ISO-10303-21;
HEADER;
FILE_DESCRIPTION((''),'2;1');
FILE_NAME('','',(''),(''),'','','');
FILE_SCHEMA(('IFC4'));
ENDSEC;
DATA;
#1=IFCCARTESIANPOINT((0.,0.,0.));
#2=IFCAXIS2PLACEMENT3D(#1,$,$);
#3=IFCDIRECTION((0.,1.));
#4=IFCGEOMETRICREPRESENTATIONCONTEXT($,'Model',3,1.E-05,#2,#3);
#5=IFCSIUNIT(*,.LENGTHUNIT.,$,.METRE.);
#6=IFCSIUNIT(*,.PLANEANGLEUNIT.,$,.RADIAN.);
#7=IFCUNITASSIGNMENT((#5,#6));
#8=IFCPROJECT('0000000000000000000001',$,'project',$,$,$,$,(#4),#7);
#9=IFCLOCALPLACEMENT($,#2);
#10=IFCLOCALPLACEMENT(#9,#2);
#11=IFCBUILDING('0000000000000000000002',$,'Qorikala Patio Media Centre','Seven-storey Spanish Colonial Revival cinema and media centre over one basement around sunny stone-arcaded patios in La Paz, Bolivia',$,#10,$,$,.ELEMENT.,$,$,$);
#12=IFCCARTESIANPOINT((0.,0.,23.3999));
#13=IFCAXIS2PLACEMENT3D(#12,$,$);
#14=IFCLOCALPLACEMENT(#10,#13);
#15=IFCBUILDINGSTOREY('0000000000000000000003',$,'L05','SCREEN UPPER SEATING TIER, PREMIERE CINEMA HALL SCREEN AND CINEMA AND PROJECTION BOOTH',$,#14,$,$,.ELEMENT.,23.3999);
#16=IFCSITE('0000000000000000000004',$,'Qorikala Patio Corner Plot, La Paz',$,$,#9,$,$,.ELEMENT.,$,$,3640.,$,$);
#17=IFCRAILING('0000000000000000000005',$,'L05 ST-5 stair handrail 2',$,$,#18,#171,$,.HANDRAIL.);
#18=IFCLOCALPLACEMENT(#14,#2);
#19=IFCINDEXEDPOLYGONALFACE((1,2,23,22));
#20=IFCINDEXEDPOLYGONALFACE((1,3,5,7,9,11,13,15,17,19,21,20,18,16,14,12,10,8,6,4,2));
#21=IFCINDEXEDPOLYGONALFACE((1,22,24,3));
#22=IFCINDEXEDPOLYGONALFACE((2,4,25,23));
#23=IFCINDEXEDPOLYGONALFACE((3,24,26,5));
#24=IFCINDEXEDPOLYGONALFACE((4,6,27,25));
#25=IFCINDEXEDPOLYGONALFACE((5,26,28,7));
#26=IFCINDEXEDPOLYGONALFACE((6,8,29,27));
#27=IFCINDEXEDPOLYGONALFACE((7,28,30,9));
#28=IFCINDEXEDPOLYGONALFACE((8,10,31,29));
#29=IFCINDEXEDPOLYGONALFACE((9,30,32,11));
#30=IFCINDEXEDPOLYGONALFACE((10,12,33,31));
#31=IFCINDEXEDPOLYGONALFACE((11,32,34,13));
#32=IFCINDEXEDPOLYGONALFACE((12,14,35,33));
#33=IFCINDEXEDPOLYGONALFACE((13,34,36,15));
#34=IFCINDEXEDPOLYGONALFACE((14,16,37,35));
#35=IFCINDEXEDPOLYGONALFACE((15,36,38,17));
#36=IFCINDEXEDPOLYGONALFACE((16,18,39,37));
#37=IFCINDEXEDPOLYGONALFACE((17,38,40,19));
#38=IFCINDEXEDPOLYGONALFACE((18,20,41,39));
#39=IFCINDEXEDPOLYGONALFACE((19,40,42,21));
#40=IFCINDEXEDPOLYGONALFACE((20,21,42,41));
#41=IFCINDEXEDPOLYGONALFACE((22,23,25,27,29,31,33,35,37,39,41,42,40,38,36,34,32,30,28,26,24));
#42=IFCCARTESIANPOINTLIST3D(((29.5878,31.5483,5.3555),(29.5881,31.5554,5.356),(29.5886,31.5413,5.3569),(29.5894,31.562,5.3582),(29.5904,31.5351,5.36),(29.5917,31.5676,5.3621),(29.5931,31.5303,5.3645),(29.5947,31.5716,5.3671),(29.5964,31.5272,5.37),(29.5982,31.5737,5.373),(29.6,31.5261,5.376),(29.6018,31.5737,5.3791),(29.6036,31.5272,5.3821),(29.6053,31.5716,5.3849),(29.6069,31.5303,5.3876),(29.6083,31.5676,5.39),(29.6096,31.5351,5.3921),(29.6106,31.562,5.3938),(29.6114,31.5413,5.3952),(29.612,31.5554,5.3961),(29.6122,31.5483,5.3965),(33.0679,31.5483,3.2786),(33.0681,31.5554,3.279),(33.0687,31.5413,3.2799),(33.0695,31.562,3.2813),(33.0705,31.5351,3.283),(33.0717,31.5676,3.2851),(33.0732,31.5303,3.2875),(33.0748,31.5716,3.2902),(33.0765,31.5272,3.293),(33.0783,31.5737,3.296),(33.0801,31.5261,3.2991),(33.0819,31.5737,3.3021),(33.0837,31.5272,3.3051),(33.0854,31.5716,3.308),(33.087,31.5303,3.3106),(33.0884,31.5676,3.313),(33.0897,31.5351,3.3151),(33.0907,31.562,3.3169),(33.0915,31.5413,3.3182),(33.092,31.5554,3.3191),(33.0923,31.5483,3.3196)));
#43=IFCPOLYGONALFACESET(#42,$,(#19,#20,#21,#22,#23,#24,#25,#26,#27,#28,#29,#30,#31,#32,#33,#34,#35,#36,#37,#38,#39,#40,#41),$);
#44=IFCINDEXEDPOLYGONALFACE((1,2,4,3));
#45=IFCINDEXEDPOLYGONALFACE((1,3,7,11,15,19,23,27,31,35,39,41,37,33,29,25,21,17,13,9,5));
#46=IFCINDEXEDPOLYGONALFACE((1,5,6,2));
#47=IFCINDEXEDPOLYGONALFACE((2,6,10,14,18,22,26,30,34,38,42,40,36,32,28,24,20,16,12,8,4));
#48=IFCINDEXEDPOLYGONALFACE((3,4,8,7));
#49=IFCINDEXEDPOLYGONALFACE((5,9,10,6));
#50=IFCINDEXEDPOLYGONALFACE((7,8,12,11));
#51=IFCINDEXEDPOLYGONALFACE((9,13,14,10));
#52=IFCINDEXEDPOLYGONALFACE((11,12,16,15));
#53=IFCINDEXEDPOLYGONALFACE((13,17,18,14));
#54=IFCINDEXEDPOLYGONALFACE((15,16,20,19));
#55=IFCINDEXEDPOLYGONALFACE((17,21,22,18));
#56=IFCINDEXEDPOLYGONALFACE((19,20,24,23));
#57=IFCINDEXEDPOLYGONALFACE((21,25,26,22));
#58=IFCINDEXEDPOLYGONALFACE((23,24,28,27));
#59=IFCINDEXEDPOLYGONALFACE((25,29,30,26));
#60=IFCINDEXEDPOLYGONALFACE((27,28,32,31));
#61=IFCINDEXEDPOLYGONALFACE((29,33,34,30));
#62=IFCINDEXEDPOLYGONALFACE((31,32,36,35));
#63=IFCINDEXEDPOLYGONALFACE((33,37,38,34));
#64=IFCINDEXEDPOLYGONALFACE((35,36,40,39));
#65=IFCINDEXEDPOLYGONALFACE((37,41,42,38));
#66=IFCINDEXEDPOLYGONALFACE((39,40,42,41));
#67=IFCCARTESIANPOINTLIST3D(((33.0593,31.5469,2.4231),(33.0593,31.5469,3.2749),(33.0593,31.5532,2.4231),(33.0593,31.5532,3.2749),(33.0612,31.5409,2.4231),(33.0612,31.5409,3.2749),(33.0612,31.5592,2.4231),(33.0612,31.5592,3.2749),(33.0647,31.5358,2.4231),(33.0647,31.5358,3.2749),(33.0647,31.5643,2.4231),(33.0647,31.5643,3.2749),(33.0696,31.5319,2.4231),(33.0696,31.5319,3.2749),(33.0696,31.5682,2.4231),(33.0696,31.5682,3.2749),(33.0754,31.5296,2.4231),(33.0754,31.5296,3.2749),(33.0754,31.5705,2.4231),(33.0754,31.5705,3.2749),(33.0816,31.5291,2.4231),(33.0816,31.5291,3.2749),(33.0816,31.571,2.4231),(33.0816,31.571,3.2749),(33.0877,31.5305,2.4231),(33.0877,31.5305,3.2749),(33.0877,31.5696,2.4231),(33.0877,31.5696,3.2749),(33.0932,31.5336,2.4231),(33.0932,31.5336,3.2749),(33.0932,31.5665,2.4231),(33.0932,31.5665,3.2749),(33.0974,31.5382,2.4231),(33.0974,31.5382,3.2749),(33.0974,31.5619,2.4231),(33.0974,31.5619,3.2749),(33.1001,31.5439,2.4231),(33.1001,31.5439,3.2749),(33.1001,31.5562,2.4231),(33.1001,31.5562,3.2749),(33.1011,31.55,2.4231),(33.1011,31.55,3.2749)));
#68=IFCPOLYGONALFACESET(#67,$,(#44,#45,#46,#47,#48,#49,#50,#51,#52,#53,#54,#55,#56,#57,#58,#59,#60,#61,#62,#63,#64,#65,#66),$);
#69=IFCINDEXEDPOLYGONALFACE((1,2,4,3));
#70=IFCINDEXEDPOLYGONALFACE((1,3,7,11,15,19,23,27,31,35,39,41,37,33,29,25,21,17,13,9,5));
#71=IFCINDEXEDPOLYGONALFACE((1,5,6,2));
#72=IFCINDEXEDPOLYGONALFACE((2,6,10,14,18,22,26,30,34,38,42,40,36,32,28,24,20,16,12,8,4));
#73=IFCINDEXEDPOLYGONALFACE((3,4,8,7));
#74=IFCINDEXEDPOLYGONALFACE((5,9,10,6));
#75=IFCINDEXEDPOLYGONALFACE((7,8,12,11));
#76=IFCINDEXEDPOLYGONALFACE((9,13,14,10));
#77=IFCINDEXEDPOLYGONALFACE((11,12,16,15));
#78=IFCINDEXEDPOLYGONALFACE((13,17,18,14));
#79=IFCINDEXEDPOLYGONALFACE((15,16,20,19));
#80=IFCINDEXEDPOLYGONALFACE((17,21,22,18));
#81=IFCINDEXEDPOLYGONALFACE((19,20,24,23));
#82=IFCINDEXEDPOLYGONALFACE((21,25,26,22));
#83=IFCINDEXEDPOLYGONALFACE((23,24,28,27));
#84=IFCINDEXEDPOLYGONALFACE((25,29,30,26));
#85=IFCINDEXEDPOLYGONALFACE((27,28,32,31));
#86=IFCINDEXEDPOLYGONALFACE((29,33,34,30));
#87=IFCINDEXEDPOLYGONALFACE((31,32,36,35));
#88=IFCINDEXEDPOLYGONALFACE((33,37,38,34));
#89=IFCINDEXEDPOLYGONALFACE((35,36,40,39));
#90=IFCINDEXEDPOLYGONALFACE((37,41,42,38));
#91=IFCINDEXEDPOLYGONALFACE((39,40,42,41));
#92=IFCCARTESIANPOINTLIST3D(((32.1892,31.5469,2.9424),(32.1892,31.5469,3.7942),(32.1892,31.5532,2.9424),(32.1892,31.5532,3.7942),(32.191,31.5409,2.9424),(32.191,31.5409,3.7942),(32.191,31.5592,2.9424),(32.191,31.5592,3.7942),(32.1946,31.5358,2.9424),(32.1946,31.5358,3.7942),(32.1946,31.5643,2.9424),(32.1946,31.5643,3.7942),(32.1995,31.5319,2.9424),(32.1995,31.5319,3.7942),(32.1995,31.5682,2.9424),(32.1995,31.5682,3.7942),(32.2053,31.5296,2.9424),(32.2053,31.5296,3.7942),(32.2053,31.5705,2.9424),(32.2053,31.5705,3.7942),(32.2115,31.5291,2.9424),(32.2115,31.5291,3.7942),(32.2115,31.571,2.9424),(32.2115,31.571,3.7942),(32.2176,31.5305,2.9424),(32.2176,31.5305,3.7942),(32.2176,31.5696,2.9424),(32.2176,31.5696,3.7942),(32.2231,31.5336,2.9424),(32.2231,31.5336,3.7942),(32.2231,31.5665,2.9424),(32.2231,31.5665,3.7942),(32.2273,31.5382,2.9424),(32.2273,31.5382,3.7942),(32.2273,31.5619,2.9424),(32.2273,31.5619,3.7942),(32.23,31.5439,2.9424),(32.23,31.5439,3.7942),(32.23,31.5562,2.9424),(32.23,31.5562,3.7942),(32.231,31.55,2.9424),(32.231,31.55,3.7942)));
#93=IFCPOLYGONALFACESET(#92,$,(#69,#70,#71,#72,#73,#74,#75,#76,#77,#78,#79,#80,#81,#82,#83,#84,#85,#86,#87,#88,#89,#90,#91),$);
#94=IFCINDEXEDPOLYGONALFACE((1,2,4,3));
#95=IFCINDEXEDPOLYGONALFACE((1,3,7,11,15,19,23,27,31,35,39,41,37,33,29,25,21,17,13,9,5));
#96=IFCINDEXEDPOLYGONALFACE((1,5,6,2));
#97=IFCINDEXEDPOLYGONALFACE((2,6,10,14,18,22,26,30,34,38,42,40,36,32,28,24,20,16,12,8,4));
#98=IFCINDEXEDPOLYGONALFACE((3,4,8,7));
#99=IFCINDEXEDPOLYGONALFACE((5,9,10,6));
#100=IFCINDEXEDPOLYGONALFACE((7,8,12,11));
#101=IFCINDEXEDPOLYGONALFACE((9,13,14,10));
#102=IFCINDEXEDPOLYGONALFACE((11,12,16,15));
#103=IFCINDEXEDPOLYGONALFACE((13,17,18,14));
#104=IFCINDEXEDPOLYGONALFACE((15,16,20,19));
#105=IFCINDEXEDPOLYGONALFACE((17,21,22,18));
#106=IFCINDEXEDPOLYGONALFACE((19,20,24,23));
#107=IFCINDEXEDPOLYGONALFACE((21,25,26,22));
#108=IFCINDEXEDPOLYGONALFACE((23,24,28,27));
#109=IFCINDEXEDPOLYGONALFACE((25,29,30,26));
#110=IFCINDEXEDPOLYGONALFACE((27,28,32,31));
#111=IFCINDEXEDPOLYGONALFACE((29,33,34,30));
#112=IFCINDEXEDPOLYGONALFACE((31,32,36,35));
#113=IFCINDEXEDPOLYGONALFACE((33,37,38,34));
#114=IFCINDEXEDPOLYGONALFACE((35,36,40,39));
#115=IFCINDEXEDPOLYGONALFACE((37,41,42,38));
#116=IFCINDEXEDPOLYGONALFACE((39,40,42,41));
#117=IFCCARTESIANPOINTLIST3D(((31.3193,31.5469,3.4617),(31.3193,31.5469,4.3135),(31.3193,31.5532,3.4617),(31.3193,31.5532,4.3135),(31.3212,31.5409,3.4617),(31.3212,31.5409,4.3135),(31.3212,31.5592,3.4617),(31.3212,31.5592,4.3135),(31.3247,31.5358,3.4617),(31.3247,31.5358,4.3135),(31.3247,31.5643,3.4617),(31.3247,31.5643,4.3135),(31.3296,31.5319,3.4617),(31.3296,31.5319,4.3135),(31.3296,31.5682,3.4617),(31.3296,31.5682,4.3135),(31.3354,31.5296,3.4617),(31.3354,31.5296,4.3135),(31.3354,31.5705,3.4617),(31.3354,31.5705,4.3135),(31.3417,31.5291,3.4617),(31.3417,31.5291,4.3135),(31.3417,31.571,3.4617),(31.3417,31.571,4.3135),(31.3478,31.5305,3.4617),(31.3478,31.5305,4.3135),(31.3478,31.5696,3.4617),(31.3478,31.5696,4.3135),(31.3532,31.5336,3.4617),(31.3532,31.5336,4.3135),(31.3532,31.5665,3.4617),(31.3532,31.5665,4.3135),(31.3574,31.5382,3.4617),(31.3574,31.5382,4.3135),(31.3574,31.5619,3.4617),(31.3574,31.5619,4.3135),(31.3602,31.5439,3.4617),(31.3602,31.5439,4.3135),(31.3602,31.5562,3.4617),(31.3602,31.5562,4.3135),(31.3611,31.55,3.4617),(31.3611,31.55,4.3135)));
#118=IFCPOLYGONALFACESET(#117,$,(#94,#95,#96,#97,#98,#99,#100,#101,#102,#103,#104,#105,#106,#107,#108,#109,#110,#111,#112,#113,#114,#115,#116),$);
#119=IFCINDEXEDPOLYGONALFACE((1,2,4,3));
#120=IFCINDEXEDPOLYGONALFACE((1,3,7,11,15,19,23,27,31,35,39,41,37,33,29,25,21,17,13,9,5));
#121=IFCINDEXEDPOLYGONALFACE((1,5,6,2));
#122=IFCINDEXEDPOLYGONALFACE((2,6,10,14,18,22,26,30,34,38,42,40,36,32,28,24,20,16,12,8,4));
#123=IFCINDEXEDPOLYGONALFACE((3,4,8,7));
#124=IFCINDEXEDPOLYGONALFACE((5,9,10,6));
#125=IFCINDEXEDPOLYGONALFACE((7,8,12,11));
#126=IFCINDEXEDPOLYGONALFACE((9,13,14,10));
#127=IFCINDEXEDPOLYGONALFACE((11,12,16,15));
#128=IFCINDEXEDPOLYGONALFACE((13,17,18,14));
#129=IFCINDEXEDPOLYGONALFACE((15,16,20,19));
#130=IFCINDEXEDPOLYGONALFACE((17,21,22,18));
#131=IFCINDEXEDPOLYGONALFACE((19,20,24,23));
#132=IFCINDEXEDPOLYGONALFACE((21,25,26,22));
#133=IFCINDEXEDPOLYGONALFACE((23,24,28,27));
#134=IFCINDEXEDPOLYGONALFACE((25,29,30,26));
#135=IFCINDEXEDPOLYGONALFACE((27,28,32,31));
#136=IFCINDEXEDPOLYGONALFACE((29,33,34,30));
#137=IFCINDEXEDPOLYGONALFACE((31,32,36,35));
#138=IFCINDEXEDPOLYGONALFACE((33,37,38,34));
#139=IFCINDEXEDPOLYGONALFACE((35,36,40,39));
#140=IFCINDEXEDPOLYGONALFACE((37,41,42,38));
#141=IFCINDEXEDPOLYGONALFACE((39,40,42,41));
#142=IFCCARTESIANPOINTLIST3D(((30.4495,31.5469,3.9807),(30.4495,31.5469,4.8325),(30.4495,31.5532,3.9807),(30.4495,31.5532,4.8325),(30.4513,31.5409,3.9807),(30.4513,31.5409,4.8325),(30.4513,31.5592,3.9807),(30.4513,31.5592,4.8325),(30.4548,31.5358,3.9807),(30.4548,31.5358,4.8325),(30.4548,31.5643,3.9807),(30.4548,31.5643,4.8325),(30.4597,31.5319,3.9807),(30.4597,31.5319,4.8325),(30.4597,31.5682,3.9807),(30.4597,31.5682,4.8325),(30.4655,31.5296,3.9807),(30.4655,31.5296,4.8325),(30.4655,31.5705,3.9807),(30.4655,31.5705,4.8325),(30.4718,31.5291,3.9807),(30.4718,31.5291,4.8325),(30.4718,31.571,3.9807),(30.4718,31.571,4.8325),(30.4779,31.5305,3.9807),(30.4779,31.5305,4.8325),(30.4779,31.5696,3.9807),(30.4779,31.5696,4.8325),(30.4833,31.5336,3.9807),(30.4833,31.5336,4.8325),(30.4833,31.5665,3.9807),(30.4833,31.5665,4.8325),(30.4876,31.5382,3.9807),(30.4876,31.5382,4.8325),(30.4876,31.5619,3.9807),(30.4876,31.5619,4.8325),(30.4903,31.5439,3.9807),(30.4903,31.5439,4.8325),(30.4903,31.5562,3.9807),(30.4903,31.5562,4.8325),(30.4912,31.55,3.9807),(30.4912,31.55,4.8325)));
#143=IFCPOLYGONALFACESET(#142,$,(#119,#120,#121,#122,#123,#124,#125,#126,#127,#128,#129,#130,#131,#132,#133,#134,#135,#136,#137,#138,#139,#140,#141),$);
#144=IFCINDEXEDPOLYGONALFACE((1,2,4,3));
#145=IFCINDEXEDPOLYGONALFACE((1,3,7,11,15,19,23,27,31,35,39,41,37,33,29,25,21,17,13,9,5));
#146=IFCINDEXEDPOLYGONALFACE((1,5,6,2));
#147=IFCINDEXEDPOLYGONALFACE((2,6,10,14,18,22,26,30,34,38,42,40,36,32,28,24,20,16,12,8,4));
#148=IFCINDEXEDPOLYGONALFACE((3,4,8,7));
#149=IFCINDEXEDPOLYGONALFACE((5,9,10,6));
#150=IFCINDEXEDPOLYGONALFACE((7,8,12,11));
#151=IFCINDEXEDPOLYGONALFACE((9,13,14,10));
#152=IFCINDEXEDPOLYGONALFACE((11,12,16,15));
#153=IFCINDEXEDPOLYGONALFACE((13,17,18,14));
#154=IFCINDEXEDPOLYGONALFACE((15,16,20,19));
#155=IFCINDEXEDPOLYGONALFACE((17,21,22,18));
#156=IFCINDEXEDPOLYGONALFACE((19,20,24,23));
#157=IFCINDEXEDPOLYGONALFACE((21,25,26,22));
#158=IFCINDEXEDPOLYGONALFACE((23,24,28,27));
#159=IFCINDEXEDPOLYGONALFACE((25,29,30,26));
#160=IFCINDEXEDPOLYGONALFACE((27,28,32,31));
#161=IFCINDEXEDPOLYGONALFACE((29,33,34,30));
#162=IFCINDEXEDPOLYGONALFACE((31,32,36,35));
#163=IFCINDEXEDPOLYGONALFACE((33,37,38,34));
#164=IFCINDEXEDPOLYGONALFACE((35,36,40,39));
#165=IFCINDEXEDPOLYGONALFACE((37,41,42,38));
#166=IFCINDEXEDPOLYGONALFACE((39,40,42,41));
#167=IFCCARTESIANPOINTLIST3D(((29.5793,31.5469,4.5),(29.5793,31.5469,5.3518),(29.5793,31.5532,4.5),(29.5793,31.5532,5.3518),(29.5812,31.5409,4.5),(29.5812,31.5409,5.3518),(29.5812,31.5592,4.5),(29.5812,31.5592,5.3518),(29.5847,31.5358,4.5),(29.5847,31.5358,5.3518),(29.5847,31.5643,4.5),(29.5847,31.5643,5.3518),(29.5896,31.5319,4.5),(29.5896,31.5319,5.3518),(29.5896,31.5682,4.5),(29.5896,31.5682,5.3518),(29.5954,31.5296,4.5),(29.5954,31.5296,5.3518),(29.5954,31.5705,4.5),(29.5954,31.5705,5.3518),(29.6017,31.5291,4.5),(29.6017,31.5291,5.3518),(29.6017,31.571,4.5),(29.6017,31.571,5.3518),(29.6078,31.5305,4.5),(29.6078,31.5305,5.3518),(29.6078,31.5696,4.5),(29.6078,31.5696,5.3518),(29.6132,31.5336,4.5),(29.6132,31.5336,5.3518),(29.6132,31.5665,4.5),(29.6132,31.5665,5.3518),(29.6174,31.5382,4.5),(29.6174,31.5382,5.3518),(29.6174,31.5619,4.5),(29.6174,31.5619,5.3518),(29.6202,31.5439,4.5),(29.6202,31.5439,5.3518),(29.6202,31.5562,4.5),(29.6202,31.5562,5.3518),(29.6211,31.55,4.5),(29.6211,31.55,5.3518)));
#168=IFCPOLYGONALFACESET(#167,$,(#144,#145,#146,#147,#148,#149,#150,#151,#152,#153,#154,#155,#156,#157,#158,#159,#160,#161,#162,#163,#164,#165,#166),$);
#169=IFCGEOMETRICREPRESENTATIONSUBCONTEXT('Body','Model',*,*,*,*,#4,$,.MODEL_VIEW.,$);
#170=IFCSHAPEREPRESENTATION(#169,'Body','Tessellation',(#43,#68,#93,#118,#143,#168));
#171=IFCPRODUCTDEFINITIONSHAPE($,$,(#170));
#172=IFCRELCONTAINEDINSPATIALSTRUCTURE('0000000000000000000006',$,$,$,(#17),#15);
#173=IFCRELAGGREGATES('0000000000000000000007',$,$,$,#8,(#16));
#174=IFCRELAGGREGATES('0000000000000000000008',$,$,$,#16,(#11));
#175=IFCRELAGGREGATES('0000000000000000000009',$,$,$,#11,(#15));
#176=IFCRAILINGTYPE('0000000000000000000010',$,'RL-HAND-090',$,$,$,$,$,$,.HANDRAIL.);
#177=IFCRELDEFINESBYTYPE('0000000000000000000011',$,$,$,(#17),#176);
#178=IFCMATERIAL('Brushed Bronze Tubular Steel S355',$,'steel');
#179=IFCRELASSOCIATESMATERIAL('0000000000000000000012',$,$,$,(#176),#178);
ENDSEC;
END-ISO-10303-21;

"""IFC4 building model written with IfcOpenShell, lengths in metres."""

from ifc_helpers import new_model, si_unit, direction, frame, origin, origin_2d, place, context, subcontext, project, spatial, circle, extrude, material, type_object, element, save


model = new_model("IFC4")

# Units and contexts
model_context = context("Model", 3, precision=1e-05, world=origin(), true_north=direction((0.0, 1.0)))
body_context = subcontext(model_context, "Body", "Model", "MODEL_VIEW")
ifc_project = project(units=[si_unit("LENGTHUNIT", "METRE"), si_unit("PLANEANGLEUNIT", "RADIAN")], contexts=[model_context])

# Site, building, storey
site_placement = place(None, origin())
site = spatial("IfcSite", under=ifc_project, at=site_placement, Name="Qorikala Patio Corner Plot, La Paz", CompositionType="ELEMENT", RefElevation=3640.0)
building_placement = place(site_placement, origin())
building = spatial("IfcBuilding", under=site, at=building_placement, Name="Qorikala Patio Media Centre", Description="Seven-storey Spanish Colonial Revival cinema and media centre over one basement around sunny stone-arcaded patios in La Paz, Bolivia", CompositionType="ELEMENT")
storey_placement = place(building_placement, frame((0.0, 0.0, 23.3999)))
storey = spatial("IfcBuildingStorey", under=building, at=storey_placement, Name="L05", Description="SCREEN UPPER SEATING TIER, PREMIERE CINEMA HALL SCREEN AND CINEMA AND PROJECTION BOOTH", CompositionType="ELEMENT", Elevation=23.3999)

# Railing
ifc_material_1 = material(Name="Brushed Bronze Tubular Steel S355", Category="steel")
railing_type_1 = type_object("IfcRailingType", Name="RL-HAND-090", PredefinedType="HANDRAIL", material=ifc_material_1)
railing_1_placement = place(storey_placement, frame((33.0801, 31.55, 2.4231)))
element("IfcRailing", 1, at=railing_1_placement, inside=storey, type_object=railing_type_1, Name="L05 ST-5 stair handrail 2", PredefinedType="HANDRAIL", context=body_context, shape_type="SweptSolid", body=[
    extrude(circle(Radius=0.0239, at=origin_2d()), frame((0.0, 0.0, 0.876), z_axis=(-0.858697, 0.0, 0.512483), x_axis=(0.0, -1.0, 0.0)), (0.0, 0.0, 1.0), 4.0527),
    extrude(circle(Radius=0.021, at=origin_2d()), origin(), (0.0, 0.0, 1.0), 0.8518),
    extrude(circle(Radius=0.021, at=origin_2d()), frame((-0.8701, 0.0, 0.5193)), (0.0, 0.0, 1.0), 0.8518),
    extrude(circle(Radius=0.021, at=origin_2d()), frame((-1.74, 0.0, 1.0386)), (0.0, 0.0, 1.0), 0.8518),
    extrude(circle(Radius=0.021, at=origin_2d()), frame((-2.6099, 0.0, 1.5576)), (0.0, 0.0, 1.0), 0.8518),
    extrude(circle(Radius=0.021, at=origin_2d()), frame((-3.48, 0.0, 2.0769)), (0.0, 0.0, 1.0), 0.8518),
])

save(model, "model.ifc")
